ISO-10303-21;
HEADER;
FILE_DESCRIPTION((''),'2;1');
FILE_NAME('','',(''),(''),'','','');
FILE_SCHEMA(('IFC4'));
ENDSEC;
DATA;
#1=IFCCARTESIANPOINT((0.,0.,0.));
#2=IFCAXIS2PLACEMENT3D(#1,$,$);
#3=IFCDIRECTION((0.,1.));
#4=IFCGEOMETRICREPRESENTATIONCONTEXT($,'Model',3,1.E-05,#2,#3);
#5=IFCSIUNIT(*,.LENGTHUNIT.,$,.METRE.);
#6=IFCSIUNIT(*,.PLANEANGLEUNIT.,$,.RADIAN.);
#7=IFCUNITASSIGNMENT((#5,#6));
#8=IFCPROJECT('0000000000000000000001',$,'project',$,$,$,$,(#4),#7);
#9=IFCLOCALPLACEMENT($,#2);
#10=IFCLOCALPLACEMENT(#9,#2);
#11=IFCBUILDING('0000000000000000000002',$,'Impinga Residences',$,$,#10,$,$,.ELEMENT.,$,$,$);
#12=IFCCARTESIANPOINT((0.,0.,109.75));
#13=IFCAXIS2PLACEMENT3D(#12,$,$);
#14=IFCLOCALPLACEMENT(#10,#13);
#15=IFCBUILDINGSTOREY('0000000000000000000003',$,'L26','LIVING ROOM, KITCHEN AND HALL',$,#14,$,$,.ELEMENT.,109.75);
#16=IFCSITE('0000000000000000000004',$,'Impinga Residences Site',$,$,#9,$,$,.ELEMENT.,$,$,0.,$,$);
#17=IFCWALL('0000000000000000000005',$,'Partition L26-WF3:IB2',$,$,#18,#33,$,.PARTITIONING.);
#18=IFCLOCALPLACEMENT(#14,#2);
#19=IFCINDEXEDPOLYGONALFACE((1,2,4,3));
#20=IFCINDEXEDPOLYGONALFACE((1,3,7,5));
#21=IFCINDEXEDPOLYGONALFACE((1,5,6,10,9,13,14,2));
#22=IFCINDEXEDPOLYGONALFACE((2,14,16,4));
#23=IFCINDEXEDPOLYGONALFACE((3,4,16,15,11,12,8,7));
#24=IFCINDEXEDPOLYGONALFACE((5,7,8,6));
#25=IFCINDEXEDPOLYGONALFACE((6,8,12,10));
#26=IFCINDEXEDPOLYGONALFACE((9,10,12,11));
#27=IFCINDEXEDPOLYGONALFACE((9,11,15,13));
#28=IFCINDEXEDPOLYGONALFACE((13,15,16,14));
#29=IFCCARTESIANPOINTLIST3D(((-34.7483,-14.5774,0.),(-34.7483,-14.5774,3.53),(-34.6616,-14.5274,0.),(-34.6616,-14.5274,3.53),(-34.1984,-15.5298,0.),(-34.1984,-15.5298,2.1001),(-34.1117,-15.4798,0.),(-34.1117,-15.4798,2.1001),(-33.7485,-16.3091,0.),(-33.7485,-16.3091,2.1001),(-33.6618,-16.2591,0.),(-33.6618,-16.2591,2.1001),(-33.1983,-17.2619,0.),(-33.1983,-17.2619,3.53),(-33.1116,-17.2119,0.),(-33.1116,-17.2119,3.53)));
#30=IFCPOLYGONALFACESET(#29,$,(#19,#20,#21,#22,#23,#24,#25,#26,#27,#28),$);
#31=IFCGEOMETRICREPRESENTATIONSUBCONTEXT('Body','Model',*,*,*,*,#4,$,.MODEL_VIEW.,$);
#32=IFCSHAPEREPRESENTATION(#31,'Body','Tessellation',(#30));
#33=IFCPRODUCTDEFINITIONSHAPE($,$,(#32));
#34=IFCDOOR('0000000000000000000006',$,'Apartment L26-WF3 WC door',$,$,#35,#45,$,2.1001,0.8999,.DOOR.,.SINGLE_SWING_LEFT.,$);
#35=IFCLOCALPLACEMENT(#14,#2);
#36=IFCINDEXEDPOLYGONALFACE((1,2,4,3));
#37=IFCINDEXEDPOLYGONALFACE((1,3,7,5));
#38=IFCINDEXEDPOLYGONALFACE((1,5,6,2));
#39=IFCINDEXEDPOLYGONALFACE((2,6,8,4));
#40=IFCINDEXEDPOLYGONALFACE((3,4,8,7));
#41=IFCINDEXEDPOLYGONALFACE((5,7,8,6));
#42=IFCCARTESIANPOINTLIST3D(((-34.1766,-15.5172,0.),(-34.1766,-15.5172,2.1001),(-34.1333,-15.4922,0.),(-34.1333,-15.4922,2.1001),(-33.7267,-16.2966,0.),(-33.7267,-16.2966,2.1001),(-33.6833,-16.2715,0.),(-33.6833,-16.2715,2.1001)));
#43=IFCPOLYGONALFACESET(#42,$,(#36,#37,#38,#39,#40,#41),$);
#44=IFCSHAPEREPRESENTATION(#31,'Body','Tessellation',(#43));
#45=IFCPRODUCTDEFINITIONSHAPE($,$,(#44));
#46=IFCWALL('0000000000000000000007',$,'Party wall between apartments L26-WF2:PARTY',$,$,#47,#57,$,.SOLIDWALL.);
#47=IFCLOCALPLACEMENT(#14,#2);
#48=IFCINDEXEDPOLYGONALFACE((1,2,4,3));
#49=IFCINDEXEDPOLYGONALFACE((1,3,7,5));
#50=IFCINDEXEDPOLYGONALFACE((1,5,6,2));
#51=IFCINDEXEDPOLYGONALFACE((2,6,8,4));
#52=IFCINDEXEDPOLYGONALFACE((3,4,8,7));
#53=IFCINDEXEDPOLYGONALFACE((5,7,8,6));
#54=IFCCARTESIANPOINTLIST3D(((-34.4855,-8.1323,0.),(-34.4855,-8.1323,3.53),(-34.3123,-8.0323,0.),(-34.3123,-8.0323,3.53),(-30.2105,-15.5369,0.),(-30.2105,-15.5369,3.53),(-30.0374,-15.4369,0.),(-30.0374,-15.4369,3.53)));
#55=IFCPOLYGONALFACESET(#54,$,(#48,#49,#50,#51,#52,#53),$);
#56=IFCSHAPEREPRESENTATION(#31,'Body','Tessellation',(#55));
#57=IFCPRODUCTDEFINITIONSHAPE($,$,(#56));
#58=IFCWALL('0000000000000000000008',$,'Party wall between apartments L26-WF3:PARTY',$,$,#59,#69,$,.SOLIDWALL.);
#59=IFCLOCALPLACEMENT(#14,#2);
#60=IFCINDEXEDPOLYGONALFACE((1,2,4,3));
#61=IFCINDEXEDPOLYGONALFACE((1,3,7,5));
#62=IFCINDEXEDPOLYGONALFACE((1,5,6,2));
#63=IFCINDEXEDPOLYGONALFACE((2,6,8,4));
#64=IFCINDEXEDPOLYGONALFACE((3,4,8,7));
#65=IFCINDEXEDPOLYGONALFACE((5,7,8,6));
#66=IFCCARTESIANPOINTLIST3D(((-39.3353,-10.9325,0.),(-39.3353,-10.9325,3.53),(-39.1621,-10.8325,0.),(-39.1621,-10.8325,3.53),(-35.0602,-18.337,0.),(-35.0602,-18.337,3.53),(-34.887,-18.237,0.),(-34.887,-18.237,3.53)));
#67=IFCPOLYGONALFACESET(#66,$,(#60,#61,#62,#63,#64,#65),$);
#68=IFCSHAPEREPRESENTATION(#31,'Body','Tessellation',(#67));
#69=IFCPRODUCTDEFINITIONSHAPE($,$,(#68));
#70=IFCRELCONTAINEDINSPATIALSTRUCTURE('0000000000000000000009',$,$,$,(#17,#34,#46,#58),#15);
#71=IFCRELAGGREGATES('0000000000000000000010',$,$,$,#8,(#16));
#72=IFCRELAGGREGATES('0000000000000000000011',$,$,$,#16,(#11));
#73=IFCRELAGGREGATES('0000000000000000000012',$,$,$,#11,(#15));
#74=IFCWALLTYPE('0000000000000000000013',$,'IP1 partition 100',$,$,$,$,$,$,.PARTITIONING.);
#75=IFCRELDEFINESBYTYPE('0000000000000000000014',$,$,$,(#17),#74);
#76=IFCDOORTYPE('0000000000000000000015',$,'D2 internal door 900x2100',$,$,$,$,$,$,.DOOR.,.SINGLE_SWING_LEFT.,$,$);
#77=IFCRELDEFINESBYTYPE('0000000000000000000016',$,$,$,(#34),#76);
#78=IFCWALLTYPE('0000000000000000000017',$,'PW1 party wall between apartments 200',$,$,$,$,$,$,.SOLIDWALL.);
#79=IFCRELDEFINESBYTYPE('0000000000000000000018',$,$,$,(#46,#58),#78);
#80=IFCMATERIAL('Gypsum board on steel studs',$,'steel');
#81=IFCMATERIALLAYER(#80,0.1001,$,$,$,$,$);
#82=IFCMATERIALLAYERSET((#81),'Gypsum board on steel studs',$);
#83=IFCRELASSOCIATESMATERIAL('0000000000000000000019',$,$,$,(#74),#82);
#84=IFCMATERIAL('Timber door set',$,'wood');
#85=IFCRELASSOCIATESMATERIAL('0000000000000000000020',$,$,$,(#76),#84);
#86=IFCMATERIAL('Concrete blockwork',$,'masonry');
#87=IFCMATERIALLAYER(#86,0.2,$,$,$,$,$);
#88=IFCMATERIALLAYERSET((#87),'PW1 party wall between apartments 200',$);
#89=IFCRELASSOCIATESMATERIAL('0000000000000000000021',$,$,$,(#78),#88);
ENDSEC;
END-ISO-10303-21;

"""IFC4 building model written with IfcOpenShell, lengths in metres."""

from ifc_helpers import new_model, si_unit, direction, frame, frame_2d, origin, place, context, subcontext, project, spatial, rectangle, extrude, material, layer, layer_set, type_object, element, fill, save


model = new_model("IFC4")

# Units and contexts
model_context = context("Model", 3, precision=1e-05, world=origin(), true_north=direction((0.0, 1.0)))
body_context = subcontext(model_context, "Body", "Model", "MODEL_VIEW")
ifc_project = project(units=[si_unit("LENGTHUNIT", "METRE"), si_unit("PLANEANGLEUNIT", "RADIAN")], contexts=[model_context])

# Site, building, storey
site_placement = place(None, origin())
site = spatial("IfcSite", under=ifc_project, at=site_placement, Name="Impinga Residences Site", CompositionType="ELEMENT", RefElevation=0.0)
building_placement = place(site_placement, origin())
building = spatial("IfcBuilding", under=site, at=building_placement, Name="Impinga Residences", CompositionType="ELEMENT")
storey_placement = place(building_placement, frame((0.0, 0.0, 109.75)))
storey = spatial("IfcBuildingStorey", under=building, at=storey_placement, Name="L26", Description="LIVING ROOM, KITCHEN AND HALL", CompositionType="ELEMENT", Elevation=109.75)

# Shared definitions
ifc_material_1 = material(Name="Gypsum board on steel studs", Category="steel")
ifc_layer_1 = layer(ifc_material_1, 0.1001)
ifc_layer_set_1 = layer_set([ifc_layer_1], Name="Gypsum board on steel studs")
wall_type_1 = type_object("IfcWallType", Name="IP1 partition 100", PredefinedType="PARTITIONING", material=ifc_layer_set_1)

# Shared definitions
ifc_material_2 = material(Name="Timber door set", Category="wood")
door_type = type_object("IfcDoorType", Name="D2 internal door 900x2100", OperationType="SINGLE_SWING_LEFT", PredefinedType="DOOR", material=ifc_material_2)

# Wall, opening, door
wall_1_placement = place(storey_placement, frame((-33.155, -17.2368, 0.0), z_axis=(0.0, 0.0, 1.0), x_axis=(-0.500027, 0.86601, 0.0)))
wall_1 = element("IfcWall", 1, at=wall_1_placement, inside=storey, type_object=wall_type_1, Name="Partition L26-WF3:IB2", PredefinedType="PARTITIONING", context=body_context, shape_type="SweptSolid", body=[
    extrude(rectangle(XDim=3.0999, YDim=0.1001, at=frame_2d((1.5498, 0.0))), origin(), (0.0, 0.0, 1.0), 3.53),
])
opening_1_placement = place(wall_1_placement, frame((1.1001, 0.0, 0.0)))
opening_1 = element("IfcOpeningElement", 2, at=opening_1_placement, cuts=wall_1, PredefinedType="OPENING", context=body_context, shape_type="SweptSolid", body=[
    extrude(rectangle(XDim=0.8999, YDim=2.1001, at=frame_2d((0.45, 1.05))), frame((0.0, 0.0601, 0.0), z_axis=(0.0, -1.0, 0.0), x_axis=(1.0, 0.0, 0.0)), (0.0, 0.0, 1.0), 0.1201),
])
door_1_placement = place(opening_1_placement, origin())
door_1 = element("IfcDoor", 3, at=door_1_placement, inside=storey, type_object=door_type, Name="Apartment L26-WF3 WC door", OperationType="SINGLE_SWING_LEFT", OverallHeight=2.1001, OverallWidth=0.8999, PredefinedType="DOOR", context=body_context, shape_type="SweptSolid", body=[
    extrude(rectangle(XDim=0.8999, YDim=2.1001, at=frame_2d((0.45, 1.05))), frame((0.0, 0.0249, 0.0), z_axis=(0.0, -1.0, 0.0), x_axis=(1.0, 0.0, 0.0)), (0.0, 0.0, 1.0), 0.05),
])
fill(opening_1, door_1)

# Walls
ifc_material_3 = material(Name="Concrete blockwork", Category="masonry")
ifc_layer_2 = layer(ifc_material_3, 0.2)
ifc_layer_set_2 = layer_set([ifc_layer_2], Name="PW1 party wall between apartments 200")
wall_type_2 = type_object("IfcWallType", Name="PW1 party wall between apartments 200", PredefinedType="SOLIDWALL", material=ifc_layer_set_2)
for number, where, z_axis, x_axis, name in (
    (4, (-30.124, -15.4868, 0.0), (0.0, 0.0, 1.0), (-0.49999, 0.866031, 0.0), "Party wall between apartments L26-WF2:PARTY"),
    (5, (-34.9736, -18.2869, 0.0), (0.0, 0.0, 1.0), (-0.500012, 0.866019, 0.0), "Party wall between apartments L26-WF3:PARTY"),
):
    element("IfcWall", number, at=place(storey_placement, frame(where, z_axis=z_axis, x_axis=x_axis)), inside=storey, type_object=wall_type_2, Name=name, PredefinedType="SOLIDWALL", context=body_context, shape_type="SweptSolid", body=[
        extrude(rectangle(XDim=8.55, YDim=0.2, at=frame_2d((4.2749, 0.0))), origin(), (0.0, 0.0, 1.0), 3.53),
    ])

save(model, "model.ifc")
